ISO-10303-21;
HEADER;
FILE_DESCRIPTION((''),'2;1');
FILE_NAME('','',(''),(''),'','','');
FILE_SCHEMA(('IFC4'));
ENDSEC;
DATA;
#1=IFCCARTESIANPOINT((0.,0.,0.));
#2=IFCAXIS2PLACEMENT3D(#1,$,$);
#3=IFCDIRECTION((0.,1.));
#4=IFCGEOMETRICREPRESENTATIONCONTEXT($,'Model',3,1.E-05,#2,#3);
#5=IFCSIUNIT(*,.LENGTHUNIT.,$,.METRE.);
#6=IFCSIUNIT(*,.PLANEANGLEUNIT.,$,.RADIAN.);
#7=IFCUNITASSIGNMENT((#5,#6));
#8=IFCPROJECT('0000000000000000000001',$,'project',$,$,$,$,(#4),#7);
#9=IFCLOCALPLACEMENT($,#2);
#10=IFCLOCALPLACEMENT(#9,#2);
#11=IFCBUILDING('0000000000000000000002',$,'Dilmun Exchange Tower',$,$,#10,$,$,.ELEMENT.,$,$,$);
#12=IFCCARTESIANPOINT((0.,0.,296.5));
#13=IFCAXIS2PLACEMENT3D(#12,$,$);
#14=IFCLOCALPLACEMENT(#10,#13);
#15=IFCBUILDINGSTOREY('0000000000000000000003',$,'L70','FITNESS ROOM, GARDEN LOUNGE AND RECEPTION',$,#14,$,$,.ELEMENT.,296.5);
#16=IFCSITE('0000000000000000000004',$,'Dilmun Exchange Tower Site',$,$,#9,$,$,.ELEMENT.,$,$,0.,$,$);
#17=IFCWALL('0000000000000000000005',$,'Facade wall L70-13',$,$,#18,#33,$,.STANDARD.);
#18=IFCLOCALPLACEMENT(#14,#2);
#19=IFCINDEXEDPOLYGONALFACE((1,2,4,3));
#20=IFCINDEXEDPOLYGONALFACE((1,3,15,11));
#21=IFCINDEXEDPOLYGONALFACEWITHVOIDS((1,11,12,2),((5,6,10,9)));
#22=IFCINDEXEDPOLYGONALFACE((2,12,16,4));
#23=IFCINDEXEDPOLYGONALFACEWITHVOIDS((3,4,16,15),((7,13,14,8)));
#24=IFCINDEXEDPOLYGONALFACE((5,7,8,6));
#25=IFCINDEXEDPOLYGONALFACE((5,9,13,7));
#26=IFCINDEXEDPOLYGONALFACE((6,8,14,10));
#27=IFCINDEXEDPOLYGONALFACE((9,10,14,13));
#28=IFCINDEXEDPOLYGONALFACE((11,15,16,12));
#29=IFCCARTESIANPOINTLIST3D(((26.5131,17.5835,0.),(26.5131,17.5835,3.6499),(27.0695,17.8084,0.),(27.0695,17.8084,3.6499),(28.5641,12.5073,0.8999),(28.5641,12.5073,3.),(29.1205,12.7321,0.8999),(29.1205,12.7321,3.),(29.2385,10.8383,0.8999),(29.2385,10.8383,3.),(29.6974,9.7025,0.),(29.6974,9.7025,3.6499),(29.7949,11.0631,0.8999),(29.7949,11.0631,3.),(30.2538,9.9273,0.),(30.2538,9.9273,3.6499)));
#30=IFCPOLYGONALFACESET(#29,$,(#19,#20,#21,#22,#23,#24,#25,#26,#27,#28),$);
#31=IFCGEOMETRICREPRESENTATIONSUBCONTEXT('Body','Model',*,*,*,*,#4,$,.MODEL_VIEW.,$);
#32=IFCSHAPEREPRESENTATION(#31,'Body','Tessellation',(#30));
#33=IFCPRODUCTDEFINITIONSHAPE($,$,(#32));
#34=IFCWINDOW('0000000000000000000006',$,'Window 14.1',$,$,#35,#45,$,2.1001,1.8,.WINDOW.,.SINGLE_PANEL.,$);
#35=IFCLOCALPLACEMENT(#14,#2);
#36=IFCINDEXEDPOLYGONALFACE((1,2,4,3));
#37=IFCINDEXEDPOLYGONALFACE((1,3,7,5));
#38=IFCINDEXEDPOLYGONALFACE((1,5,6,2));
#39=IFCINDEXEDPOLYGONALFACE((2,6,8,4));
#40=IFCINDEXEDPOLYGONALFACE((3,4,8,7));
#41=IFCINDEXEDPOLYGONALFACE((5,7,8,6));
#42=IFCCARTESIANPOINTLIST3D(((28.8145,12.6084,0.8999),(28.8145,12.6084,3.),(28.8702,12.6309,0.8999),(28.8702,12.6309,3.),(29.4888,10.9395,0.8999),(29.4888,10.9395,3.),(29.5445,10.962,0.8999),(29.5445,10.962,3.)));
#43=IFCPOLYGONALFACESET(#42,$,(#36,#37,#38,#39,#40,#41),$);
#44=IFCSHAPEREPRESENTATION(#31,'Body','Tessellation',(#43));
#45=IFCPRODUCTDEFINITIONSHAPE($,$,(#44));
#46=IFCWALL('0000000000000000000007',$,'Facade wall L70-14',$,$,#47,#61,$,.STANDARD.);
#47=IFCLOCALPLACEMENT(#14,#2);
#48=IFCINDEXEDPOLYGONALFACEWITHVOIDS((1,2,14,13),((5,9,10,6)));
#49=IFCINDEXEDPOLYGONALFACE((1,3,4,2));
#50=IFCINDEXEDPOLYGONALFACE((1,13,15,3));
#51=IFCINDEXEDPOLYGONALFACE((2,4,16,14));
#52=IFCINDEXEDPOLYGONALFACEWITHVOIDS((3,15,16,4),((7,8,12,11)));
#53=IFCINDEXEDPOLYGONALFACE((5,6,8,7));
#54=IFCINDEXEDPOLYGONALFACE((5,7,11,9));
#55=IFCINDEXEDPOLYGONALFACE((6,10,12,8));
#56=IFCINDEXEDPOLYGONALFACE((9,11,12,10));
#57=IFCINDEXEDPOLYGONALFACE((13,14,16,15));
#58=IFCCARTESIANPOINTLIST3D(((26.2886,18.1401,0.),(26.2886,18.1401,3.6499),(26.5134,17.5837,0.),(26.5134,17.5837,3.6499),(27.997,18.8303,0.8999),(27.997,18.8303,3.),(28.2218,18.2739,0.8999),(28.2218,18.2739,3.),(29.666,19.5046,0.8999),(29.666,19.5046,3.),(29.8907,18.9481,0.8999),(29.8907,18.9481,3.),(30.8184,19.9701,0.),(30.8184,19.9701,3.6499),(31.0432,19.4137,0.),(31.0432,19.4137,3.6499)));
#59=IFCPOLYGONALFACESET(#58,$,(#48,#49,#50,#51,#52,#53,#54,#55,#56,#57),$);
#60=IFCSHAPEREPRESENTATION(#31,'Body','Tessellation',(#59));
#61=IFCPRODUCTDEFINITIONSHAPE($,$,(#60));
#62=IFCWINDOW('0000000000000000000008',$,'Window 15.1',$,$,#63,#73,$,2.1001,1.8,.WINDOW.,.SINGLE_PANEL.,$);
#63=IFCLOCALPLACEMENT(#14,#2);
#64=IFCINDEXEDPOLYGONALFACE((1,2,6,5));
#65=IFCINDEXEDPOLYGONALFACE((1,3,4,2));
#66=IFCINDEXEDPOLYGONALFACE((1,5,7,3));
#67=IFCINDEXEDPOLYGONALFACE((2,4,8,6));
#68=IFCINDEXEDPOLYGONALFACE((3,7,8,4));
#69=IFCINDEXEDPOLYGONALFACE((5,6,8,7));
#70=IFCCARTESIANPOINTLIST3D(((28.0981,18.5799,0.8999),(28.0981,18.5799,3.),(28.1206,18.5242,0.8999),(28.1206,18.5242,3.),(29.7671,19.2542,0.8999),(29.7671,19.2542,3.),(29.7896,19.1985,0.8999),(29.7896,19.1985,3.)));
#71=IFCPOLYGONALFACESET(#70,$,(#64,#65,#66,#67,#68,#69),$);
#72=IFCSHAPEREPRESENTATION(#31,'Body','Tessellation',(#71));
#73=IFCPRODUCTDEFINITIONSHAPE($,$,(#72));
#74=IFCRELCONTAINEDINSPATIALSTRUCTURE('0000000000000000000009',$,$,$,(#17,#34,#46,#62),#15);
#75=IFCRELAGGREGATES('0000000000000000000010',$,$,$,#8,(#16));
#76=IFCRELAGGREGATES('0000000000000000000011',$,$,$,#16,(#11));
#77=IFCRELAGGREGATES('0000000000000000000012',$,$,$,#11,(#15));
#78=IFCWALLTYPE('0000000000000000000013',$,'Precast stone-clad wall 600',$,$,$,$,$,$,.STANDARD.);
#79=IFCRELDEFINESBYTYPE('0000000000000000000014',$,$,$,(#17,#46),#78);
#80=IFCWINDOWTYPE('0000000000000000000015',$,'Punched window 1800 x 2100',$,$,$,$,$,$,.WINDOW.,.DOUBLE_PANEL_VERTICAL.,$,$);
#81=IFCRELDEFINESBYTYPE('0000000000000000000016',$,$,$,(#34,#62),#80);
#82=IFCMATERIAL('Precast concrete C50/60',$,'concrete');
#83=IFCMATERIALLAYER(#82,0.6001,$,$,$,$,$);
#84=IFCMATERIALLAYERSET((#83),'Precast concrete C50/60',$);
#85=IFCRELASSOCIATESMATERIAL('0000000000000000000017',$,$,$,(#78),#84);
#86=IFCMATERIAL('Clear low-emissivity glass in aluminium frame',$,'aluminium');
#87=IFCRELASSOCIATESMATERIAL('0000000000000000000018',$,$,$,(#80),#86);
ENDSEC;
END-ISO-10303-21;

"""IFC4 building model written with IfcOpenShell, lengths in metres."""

from ifc_helpers import new_model, si_unit, direction, frame, frame_2d, origin, place, context, subcontext, project, spatial, rectangle, extrude, material, layer, layer_set, type_object, element, fill, save


model = new_model("IFC4")

# Units and contexts
model_context = context("Model", 3, precision=1e-05, world=origin(), true_north=direction((0.0, 1.0)))
body_context = subcontext(model_context, "Body", "Model", "MODEL_VIEW")
ifc_project = project(units=[si_unit("LENGTHUNIT", "METRE"), si_unit("PLANEANGLEUNIT", "RADIAN")], contexts=[model_context])

# Site, building, storey
site_placement = place(None, origin())
site = spatial("IfcSite", under=ifc_project, at=site_placement, Name="Dilmun Exchange Tower Site", CompositionType="ELEMENT", RefElevation=0.0)
building_placement = place(site_placement, origin())
building = spatial("IfcBuilding", under=site, at=building_placement, Name="Dilmun Exchange Tower", CompositionType="ELEMENT")
storey_placement = place(building_placement, frame((0.0, 0.0, 296.5)))
storey = spatial("IfcBuildingStorey", under=building, at=storey_placement, Name="L70", Description="FITNESS ROOM, GARDEN LOUNGE AND RECEPTION", CompositionType="ELEMENT", Elevation=296.5)

# Walls, openings, windows
ifc_material_1 = material(Name="Precast concrete C50/60", Category="concrete")
ifc_layer_1 = layer(ifc_material_1, 0.6001)
ifc_layer_set_1 = layer_set([ifc_layer_1], Name="Precast concrete C50/60")
wall_type_1 = type_object("IfcWallType", Name="Precast stone-clad wall 600", PredefinedType="STANDARD", material=ifc_layer_set_1)
ifc_material_2 = material(Name="Clear low-emissivity glass in aluminium frame", Category="aluminium")
window_type_1 = type_object("IfcWindowType", Name="Punched window 1800 x 2100", PartitioningType="DOUBLE_PANEL_VERTICAL", PredefinedType="WINDOW", material=ifc_material_2)
wall_1_placement = place(storey_placement, frame((29.9756, 9.8149, 0.0), z_axis=(0.0, 0.0, 1.0), x_axis=(-0.374622, 0.927178, 0.0)))
wall_1 = element("IfcWall", 1, at=wall_1_placement, inside=storey, type_object=wall_type_1, Name="Facade wall L70-13", PredefinedType="STANDARD", context=body_context, shape_type="SweptSolid", body=[
    extrude(rectangle(XDim=8.5, YDim=0.6001, at=frame_2d((4.25, 0.0))), origin(), (0.0, 0.0, 1.0), 3.6499),
])
opening_1_placement = place(wall_1_placement, frame((1.2251, 0.0, 0.8999)))
opening_1 = element("IfcOpeningElement", 2, at=opening_1_placement, cuts=wall_1, PredefinedType="OPENING", context=body_context, shape_type="SweptSolid", body=[
    extrude(rectangle(XDim=1.8, YDim=2.1001, at=frame_2d((0.8999, 1.05))), frame((0.0, 0.3101, 0.0), z_axis=(0.0, -1.0, 0.0), x_axis=(1.0, 0.0, 0.0)), (0.0, 0.0, 1.0), 0.6201),
])
window_1_placement = place(opening_1_placement, origin())
window_1 = element("IfcWindow", 3, at=window_1_placement, inside=storey, type_object=window_type_1, Name="Window 14.1", OverallHeight=2.1001, OverallWidth=1.8, PartitioningType="SINGLE_PANEL", PredefinedType="WINDOW", context=body_context, shape_type="SweptSolid", body=[
    extrude(rectangle(XDim=1.8, YDim=2.1001, at=frame_2d((0.8999, 1.05))), frame((0.0, 0.03, 0.0), z_axis=(0.0, -1.0, 0.0), x_axis=(1.0, 0.0, 0.0)), (0.0, 0.0, 1.0), 0.0601),
])
fill(opening_1, window_1)
wall_2_placement = place(storey_placement, frame((26.4009, 17.8618, 0.0), z_axis=(0.0, 0.0, 1.0), x_axis=(0.927189, 0.374594, 0.0)))
wall_2 = element("IfcWall", 4, at=wall_2_placement, inside=storey, type_object=wall_type_1, Name="Facade wall L70-14", PredefinedType="STANDARD", context=body_context, shape_type="SweptSolid", body=[
    extrude(rectangle(XDim=4.8855, YDim=0.6001, at=frame_2d((2.4429, 0.0))), origin(), (0.0, 0.0, 1.0), 3.6499),
])
opening_2_placement = place(wall_2_placement, frame((1.8428, 0.0, 0.8999)))
opening_2 = element("IfcOpeningElement", 5, at=opening_2_placement, cuts=wall_2, PredefinedType="OPENING", context=body_context, shape_type="SweptSolid", body=[
    extrude(rectangle(XDim=1.8, YDim=2.1001, at=frame_2d((0.8999, 1.05))), frame((0.0, 0.3101, 0.0), z_axis=(0.0, -1.0, 0.0), x_axis=(1.0, 0.0, 0.0)), (0.0, 0.0, 1.0), 0.6201),
])
window_2_placement = place(opening_2_placement, origin())
window_2 = element("IfcWindow", 6, at=window_2_placement, inside=storey, type_object=window_type_1, Name="Window 15.1", OverallHeight=2.1001, OverallWidth=1.8, PartitioningType="SINGLE_PANEL", PredefinedType="WINDOW", context=body_context, shape_type="SweptSolid", body=[
    extrude(rectangle(XDim=1.8, YDim=2.1001, at=frame_2d((0.8999, 1.05))), frame((0.0, 0.03, 0.0), z_axis=(0.0, -1.0, 0.0), x_axis=(1.0, 0.0, 0.0)), (0.0, 0.0, 1.0), 0.0601),
])
fill(opening_2, window_2)

save(model, "model.ifc")
